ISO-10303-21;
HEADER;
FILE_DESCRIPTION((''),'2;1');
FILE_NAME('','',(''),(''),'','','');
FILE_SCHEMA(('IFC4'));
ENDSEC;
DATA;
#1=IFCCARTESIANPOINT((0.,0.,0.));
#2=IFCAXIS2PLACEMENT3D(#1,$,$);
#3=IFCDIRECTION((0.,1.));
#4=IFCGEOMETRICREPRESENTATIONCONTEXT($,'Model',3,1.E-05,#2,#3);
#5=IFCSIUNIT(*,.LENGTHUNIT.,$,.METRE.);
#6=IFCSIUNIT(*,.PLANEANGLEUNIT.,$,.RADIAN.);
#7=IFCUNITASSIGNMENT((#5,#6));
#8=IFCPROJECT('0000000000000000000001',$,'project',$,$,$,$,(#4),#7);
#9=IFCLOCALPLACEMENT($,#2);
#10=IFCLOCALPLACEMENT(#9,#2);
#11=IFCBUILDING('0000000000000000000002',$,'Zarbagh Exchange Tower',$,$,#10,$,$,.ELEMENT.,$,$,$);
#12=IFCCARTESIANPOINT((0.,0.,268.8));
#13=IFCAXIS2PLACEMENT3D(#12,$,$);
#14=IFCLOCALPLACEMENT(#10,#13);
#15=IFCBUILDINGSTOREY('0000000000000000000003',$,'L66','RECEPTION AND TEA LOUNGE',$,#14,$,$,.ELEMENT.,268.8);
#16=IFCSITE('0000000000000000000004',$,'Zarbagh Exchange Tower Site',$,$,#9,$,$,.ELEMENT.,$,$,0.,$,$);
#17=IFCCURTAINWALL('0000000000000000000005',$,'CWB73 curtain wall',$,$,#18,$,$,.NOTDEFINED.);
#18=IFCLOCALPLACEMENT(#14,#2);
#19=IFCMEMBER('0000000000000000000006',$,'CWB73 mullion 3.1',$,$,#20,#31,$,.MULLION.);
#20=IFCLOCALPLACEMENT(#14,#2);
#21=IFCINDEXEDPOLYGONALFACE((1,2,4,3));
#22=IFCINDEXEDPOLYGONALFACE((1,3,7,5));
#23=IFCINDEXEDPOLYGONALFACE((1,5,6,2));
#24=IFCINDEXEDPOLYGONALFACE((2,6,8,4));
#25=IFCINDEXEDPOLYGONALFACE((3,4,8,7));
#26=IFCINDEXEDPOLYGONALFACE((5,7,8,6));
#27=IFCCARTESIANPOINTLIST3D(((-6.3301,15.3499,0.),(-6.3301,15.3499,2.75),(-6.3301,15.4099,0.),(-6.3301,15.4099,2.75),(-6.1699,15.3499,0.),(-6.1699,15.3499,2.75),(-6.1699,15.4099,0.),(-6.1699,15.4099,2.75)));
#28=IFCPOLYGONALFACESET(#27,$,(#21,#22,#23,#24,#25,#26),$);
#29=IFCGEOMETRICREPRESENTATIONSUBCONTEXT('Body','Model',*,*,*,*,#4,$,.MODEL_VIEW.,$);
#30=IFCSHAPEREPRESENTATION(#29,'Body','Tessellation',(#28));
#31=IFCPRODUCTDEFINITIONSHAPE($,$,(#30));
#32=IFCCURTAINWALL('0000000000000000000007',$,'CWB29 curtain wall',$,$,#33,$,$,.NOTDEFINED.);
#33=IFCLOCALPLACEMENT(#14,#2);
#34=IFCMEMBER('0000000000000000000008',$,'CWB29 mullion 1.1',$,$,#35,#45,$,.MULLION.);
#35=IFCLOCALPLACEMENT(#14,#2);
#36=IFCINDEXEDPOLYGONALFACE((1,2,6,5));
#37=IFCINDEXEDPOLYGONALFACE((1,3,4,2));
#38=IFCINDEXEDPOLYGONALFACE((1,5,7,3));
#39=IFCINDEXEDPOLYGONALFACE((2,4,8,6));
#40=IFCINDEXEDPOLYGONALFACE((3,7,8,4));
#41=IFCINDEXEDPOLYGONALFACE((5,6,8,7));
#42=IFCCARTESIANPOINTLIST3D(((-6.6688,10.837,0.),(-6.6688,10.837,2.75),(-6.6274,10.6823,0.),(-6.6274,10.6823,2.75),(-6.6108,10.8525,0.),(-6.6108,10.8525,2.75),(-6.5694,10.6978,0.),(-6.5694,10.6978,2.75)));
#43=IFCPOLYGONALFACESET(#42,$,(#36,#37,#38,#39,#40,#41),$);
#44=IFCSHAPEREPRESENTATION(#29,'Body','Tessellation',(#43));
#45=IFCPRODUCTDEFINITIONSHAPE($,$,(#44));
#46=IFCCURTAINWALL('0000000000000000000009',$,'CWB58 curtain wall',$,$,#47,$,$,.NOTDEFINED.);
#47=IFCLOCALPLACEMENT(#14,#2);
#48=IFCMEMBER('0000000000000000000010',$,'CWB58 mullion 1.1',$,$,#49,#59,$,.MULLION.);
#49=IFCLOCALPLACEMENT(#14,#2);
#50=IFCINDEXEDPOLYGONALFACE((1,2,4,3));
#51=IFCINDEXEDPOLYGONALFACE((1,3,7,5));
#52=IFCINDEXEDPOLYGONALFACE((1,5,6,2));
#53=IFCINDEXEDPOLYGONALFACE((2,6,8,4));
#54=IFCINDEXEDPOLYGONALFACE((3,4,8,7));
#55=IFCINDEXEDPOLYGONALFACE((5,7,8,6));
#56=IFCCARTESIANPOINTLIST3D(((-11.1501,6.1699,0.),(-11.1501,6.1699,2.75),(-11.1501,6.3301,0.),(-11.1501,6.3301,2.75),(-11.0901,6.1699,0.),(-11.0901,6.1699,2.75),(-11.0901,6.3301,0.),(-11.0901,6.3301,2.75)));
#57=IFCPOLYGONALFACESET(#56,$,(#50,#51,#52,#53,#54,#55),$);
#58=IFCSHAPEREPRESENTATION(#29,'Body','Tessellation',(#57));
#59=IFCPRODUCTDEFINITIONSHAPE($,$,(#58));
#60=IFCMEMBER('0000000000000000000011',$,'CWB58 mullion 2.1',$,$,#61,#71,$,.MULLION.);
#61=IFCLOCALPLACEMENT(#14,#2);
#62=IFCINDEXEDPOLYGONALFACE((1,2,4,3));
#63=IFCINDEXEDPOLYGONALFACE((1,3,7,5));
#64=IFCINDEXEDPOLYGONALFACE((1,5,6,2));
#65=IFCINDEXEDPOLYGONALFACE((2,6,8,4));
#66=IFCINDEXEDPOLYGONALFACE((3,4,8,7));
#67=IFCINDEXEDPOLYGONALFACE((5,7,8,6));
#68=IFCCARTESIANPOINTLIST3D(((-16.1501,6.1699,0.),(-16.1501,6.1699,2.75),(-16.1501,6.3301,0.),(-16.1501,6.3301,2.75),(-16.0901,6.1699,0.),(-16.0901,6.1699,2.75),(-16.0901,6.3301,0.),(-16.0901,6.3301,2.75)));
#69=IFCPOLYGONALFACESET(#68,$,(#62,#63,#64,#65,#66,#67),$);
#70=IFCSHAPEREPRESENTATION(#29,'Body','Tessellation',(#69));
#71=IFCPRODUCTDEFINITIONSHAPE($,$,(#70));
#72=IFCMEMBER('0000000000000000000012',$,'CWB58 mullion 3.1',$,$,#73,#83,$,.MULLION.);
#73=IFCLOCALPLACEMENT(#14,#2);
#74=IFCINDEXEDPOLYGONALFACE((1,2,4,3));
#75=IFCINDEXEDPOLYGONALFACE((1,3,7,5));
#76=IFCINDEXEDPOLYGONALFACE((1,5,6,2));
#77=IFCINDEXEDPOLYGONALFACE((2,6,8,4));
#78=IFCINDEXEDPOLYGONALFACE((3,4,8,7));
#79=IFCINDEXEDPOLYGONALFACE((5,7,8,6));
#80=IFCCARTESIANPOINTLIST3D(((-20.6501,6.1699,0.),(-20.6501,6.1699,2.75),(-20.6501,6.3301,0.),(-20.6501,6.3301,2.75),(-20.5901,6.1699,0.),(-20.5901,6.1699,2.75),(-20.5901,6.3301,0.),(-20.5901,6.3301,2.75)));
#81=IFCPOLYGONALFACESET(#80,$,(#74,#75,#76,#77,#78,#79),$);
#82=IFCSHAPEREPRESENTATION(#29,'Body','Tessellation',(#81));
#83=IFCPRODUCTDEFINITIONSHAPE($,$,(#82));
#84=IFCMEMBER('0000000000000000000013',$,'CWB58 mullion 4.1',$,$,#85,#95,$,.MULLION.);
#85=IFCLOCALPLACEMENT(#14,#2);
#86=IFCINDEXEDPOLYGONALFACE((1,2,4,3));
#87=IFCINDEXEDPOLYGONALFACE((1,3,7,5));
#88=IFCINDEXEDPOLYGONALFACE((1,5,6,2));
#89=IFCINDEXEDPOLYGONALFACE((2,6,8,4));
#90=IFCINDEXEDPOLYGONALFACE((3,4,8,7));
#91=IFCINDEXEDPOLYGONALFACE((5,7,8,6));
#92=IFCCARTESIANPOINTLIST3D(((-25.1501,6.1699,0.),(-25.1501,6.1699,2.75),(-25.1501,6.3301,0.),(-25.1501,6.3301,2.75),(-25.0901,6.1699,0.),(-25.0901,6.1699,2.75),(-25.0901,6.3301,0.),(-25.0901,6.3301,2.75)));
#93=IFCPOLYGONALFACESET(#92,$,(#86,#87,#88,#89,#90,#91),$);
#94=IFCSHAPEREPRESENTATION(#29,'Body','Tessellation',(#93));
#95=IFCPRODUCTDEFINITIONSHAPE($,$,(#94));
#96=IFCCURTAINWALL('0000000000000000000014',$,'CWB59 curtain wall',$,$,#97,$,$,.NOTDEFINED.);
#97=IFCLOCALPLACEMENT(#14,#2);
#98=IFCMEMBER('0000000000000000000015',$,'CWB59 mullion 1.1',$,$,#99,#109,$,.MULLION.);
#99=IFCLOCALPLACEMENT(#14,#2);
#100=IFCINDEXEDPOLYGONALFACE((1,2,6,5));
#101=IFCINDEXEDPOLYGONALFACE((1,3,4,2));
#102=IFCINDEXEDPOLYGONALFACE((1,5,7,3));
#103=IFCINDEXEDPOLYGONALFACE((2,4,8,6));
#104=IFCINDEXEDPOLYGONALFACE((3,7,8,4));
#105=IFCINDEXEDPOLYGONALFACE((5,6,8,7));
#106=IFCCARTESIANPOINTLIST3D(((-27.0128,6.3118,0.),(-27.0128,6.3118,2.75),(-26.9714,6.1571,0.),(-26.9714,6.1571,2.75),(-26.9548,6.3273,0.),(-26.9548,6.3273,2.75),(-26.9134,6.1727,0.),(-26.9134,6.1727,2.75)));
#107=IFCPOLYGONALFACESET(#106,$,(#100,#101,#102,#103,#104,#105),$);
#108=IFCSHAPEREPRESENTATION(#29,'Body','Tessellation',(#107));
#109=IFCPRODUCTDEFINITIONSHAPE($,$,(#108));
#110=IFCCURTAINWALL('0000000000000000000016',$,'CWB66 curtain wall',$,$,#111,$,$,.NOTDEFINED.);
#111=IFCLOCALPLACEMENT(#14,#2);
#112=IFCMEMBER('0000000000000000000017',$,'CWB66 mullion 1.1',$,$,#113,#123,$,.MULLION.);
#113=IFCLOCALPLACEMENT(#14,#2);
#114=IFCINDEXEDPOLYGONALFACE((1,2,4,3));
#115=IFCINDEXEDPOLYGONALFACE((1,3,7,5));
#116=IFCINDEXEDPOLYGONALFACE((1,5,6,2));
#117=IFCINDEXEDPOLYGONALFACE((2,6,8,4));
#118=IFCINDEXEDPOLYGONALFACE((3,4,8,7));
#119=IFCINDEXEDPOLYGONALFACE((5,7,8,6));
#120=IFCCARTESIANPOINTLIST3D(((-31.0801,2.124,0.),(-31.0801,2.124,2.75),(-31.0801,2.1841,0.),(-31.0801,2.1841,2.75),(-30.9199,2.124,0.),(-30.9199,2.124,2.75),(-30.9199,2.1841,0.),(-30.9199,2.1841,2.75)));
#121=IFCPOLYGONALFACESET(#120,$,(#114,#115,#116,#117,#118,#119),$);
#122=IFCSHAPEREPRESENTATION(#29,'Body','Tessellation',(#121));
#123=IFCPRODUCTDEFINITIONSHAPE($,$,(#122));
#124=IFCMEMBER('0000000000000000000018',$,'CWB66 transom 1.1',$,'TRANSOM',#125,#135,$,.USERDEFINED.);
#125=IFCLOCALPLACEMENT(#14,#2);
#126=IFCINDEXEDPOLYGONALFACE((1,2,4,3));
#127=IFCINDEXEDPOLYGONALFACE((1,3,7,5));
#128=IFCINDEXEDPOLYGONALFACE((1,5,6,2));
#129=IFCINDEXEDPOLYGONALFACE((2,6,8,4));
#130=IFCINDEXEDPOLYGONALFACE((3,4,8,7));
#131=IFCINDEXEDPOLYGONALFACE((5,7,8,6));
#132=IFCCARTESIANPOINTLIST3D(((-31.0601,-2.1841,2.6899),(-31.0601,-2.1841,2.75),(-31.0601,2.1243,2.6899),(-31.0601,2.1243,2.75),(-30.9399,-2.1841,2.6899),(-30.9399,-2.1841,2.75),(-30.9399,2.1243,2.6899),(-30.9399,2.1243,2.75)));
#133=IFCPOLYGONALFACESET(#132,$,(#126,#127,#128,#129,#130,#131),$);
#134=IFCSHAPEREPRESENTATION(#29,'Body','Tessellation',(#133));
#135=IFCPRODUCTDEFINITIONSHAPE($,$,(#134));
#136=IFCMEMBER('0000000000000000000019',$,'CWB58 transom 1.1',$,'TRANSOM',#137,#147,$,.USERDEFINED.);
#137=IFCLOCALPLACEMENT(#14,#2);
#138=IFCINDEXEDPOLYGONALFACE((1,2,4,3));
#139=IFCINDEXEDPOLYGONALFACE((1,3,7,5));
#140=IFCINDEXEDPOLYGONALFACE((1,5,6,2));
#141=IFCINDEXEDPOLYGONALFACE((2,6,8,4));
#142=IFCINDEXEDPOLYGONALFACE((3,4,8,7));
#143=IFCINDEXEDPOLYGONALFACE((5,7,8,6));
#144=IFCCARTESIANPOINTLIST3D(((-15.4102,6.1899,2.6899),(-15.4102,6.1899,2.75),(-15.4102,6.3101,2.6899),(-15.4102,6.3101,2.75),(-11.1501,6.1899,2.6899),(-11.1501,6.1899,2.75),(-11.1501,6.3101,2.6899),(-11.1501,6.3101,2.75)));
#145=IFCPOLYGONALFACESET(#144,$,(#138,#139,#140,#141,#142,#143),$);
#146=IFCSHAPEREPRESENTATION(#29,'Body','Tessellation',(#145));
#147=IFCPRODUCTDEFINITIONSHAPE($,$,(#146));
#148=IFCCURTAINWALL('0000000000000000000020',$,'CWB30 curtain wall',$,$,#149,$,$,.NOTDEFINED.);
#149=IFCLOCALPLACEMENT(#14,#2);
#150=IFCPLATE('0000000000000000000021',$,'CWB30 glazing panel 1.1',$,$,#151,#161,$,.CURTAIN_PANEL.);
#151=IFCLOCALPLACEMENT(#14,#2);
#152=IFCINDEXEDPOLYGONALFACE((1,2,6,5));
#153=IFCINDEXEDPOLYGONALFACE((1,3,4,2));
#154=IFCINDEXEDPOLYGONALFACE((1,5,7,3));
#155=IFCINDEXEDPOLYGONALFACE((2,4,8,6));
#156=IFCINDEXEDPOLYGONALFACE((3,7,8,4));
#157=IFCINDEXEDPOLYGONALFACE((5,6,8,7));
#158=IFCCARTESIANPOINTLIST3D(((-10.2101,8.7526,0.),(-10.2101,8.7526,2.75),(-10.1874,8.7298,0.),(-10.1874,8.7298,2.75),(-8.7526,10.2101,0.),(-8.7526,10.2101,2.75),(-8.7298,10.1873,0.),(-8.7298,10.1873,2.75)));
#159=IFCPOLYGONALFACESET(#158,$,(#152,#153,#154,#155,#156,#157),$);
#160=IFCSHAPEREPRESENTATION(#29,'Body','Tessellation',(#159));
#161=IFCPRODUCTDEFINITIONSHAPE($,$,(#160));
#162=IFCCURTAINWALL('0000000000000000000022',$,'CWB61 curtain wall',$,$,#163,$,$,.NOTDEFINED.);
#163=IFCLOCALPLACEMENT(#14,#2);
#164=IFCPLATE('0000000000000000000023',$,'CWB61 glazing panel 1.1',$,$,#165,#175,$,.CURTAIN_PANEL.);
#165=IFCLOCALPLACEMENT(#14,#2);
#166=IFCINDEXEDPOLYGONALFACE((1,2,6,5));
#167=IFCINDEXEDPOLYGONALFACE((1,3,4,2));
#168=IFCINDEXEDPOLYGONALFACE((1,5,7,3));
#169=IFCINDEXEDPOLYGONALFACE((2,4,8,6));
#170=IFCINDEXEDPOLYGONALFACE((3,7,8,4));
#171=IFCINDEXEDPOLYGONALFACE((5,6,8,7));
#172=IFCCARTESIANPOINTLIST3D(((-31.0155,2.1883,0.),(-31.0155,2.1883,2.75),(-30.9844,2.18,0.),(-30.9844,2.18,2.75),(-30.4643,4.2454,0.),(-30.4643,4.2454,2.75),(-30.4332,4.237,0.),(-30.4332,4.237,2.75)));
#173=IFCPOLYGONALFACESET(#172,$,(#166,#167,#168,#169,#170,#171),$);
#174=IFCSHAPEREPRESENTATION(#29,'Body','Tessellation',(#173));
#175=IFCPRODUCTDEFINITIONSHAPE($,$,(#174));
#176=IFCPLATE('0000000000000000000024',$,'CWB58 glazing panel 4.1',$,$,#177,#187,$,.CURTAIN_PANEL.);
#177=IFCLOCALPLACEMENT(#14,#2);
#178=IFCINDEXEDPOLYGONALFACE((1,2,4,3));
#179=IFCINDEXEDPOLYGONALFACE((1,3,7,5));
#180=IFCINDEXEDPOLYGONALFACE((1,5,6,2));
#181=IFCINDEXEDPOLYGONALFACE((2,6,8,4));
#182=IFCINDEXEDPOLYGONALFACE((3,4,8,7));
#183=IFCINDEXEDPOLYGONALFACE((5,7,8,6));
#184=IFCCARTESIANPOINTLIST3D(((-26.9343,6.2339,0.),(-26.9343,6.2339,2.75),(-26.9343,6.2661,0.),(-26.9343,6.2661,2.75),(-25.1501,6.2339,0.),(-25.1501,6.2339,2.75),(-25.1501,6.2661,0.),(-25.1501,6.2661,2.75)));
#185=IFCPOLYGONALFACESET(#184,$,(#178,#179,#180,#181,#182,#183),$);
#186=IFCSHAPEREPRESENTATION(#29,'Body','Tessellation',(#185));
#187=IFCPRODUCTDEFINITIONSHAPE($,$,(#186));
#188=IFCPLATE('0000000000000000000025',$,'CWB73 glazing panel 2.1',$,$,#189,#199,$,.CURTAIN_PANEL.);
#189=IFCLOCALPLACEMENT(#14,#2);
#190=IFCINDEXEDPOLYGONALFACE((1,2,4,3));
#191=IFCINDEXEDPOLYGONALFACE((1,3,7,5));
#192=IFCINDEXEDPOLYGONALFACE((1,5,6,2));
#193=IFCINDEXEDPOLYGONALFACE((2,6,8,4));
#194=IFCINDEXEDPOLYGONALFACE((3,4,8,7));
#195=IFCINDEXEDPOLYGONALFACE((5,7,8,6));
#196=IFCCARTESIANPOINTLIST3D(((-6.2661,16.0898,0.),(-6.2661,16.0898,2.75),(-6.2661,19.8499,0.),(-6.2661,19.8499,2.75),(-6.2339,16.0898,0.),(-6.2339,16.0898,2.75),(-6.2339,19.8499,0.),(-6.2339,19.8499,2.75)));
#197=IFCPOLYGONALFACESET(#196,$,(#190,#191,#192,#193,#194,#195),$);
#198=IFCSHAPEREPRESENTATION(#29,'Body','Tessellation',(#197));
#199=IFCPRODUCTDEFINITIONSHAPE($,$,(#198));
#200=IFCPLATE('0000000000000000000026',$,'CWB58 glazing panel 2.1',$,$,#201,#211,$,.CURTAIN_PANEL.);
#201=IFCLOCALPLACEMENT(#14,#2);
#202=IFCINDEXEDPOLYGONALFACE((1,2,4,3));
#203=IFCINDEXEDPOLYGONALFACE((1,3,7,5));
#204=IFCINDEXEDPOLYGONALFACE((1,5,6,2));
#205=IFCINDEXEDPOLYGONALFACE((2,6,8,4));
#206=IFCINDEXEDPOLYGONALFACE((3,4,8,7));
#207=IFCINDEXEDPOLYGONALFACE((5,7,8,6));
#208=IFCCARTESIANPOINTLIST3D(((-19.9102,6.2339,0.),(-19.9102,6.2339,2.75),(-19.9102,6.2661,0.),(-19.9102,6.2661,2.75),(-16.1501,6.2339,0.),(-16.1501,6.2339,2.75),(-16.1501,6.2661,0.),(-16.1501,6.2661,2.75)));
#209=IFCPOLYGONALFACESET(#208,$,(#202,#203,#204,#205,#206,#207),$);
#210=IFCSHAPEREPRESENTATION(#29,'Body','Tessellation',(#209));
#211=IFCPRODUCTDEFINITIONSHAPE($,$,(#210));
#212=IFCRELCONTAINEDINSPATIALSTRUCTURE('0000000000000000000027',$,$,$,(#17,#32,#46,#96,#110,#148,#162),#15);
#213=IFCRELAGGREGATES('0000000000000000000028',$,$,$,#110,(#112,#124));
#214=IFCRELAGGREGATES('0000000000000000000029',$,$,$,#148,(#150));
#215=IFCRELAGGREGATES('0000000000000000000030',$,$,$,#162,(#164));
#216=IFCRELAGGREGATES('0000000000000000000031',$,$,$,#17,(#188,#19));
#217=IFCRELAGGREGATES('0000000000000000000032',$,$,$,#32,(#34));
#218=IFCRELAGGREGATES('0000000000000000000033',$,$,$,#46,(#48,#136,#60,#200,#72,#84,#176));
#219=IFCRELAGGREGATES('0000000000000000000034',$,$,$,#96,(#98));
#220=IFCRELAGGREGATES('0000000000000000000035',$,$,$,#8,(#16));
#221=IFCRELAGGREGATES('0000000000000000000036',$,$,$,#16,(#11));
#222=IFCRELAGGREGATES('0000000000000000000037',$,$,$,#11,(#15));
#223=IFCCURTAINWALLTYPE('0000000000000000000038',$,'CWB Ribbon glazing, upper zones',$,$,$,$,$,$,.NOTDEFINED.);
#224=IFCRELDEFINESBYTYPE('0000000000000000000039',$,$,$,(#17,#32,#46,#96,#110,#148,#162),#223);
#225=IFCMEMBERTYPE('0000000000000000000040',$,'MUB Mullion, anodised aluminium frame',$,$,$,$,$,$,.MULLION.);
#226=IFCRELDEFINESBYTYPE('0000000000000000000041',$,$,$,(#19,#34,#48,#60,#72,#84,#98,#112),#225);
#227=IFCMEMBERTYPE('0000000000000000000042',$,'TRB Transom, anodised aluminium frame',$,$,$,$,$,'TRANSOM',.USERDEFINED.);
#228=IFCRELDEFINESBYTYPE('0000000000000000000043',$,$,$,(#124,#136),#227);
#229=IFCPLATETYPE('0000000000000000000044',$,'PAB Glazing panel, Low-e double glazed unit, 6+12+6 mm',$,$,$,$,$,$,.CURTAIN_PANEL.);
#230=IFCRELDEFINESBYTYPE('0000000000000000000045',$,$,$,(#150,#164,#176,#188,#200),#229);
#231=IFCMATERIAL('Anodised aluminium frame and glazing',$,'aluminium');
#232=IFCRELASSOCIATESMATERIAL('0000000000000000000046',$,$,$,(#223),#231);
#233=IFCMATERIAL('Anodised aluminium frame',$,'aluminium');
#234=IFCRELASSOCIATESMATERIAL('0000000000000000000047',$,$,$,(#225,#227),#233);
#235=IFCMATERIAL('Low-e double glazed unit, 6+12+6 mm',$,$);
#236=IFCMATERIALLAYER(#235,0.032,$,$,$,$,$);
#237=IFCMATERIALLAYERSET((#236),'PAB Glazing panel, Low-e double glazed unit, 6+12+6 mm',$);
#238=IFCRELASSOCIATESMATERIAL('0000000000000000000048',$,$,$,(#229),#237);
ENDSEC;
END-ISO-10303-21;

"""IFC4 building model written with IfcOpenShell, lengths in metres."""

from ifc_helpers import new_model, si_unit, direction, frame, origin, place, context, subcontext, project, spatial, polyline, outline, extrude, source, transform, mapped, material, layer, layer_set, type_object, element, aggregate, save


model = new_model("IFC4")

# Units and contexts
model_context = context("Model", 3, precision=1e-05, world=origin(), true_north=direction((0.0, 1.0)))
body_context = subcontext(model_context, "Body", "Model", "MODEL_VIEW")
ifc_project = project(units=[si_unit("LENGTHUNIT", "METRE"), si_unit("PLANEANGLEUNIT", "RADIAN")], contexts=[model_context])

# Site, building, storey
site_placement = place(None, origin())
site = spatial("IfcSite", under=ifc_project, at=site_placement, Name="Zarbagh Exchange Tower Site", CompositionType="ELEMENT", RefElevation=0.0)
building_placement = place(site_placement, origin())
building = spatial("IfcBuilding", under=site, at=building_placement, Name="Zarbagh Exchange Tower", CompositionType="ELEMENT")
storey_placement = place(building_placement, frame((0.0, 0.0, 268.8)))
storey = spatial("IfcBuildingStorey", under=building, at=storey_placement, Name="L66", Description="RECEPTION AND TEA LOUNGE", CompositionType="ELEMENT", Elevation=268.8)

# Curtain walls, members
ifc_material_1 = material(Name="Anodised aluminium frame and glazing", Category="aluminium")
curtain_wall_type = type_object("IfcCurtainWallType", Name="CWB Ribbon glazing, upper zones", PredefinedType="NOTDEFINED", material=ifc_material_1)
curtain_wall_1_placement = place(storey_placement, origin())
curtain_wall_1 = element("IfcCurtainWall", 1, at=curtain_wall_1_placement, inside=storey, type_object=curtain_wall_type, Name="CWB73 curtain wall", PredefinedType="NOTDEFINED")
ifc_material_2 = material(Name="Anodised aluminium frame", Category="aluminium")
member_type_1 = type_object("IfcMemberType", Name="MUB Mullion, anodised aluminium frame", PredefinedType="MULLION", material=ifc_material_2)
shared_shape_1 = source(origin(), body_context, "Body", "SweptSolid", [
    extrude(outline(polyline([(0.0, -0.0801), (0.0601, -0.0801), (0.0601, 0.0801), (0.0, 0.0801), (0.0, -0.0801)])), origin(), (0.0, 0.0, 1.0), 2.75),
])
placement = place(storey_placement, origin())
member_1 = element("IfcMember", 2, at=placement, type_object=member_type_1, Name="CWB73 mullion 3.1", PredefinedType="MULLION", context=body_context, shape_type="MappedRepresentation", body=[
    mapped(shared_shape_1, transform((-6.25, 15.4099, 0.0), x_axis=(0.0, -1.0, 0.0), y_axis=(1.0, 0.0, 0.0), z_axis=(0.0, 0.0, 1.0))),
])
curtain_wall_2_placement = place(storey_placement, origin())
curtain_wall_2 = element("IfcCurtainWall", 3, at=curtain_wall_2_placement, inside=storey, type_object=curtain_wall_type, Name="CWB29 curtain wall", PredefinedType="NOTDEFINED")
member_2 = element("IfcMember", 4, at=placement, type_object=member_type_1, Name="CWB29 mullion 1.1", PredefinedType="MULLION", context=body_context, shape_type="MappedRepresentation", body=[
    mapped(shared_shape_1, transform((-6.5901, 10.7751, 0.0), x_axis=(-0.965924, -0.258825, 0.0), y_axis=(0.258825, -0.965924, 0.0), z_axis=(0.0, 0.0, 1.0))),
])

# Curtain wall, members
curtain_wall_3_placement = place(storey_placement, origin())
curtain_wall_3 = element("IfcCurtainWall", 5, at=curtain_wall_3_placement, inside=storey, type_object=curtain_wall_type, Name="CWB58 curtain wall", PredefinedType="NOTDEFINED")
member_3 = element("IfcMember", 6, at=placement, type_object=member_type_1, Name="CWB58 mullion 1.1", PredefinedType="MULLION", context=body_context, shape_type="MappedRepresentation", body=[
    mapped(shared_shape_1, transform((-11.0901, 6.25, 0.0), x_axis=(-1.0, 0.0, 0.0), y_axis=(0.0, -1.0, 0.0), z_axis=(0.0, 0.0, 1.0))),
])
member_4 = element("IfcMember", 7, at=placement, type_object=member_type_1, Name="CWB58 mullion 2.1", PredefinedType="MULLION", context=body_context, shape_type="MappedRepresentation", body=[
    mapped(shared_shape_1, transform((-16.0901, 6.25, 0.0), x_axis=(-1.0, 0.0, 0.0), y_axis=(0.0, -1.0, 0.0), z_axis=(0.0, 0.0, 1.0))),
])
member_5 = element("IfcMember", 8, at=placement, type_object=member_type_1, Name="CWB58 mullion 3.1", PredefinedType="MULLION", context=body_context, shape_type="MappedRepresentation", body=[
    mapped(shared_shape_1, transform((-20.5901, 6.25, 0.0), x_axis=(-1.0, 0.0, 0.0), y_axis=(0.0, -1.0, 0.0), z_axis=(0.0, 0.0, 1.0))),
])
member_6 = element("IfcMember", 9, at=placement, type_object=member_type_1, Name="CWB58 mullion 4.1", PredefinedType="MULLION", context=body_context, shape_type="MappedRepresentation", body=[
    mapped(shared_shape_1, transform((-25.0901, 6.25, 0.0), x_axis=(-1.0, 0.0, 0.0), y_axis=(0.0, -1.0, 0.0), z_axis=(0.0, 0.0, 1.0))),
])

# Curtain wall, member
curtain_wall_4_placement = place(storey_placement, origin())
curtain_wall_4 = element("IfcCurtainWall", 10, at=curtain_wall_4_placement, inside=storey, type_object=curtain_wall_type, Name="CWB59 curtain wall", PredefinedType="NOTDEFINED")
member_7 = element("IfcMember", 11, at=placement, type_object=member_type_1, Name="CWB59 mullion 1.1", PredefinedType="MULLION", context=body_context, shape_type="MappedRepresentation", body=[
    mapped(shared_shape_1, transform((-26.9341, 6.25, 0.0), x_axis=(-0.965924, -0.258825, 0.0), y_axis=(0.258825, -0.965924, 0.0), z_axis=(0.0, 0.0, 1.0))),
])

# Curtain wall, members
curtain_wall_5_placement = place(storey_placement, origin())
curtain_wall_5 = element("IfcCurtainWall", 12, at=curtain_wall_5_placement, inside=storey, type_object=curtain_wall_type, Name="CWB66 curtain wall", PredefinedType="NOTDEFINED")
member_8 = element("IfcMember", 13, at=placement, type_object=member_type_1, Name="CWB66 mullion 1.1", PredefinedType="MULLION", context=body_context, shape_type="MappedRepresentation", body=[
    mapped(shared_shape_1, transform((-31.0, 2.1841, 0.0), x_axis=(0.0, -1.0, 0.0), y_axis=(1.0, 0.0, 0.0), z_axis=(0.0, 0.0, 1.0))),
])
member_type_2 = type_object("IfcMemberType", Name="TRB Transom, anodised aluminium frame", ElementType="TRANSOM", PredefinedType="USERDEFINED", material=ifc_material_2)
shared_shape_2 = source(origin(), body_context, "Body", "SweptSolid", [
    extrude(outline(polyline([(-0.0601, -0.0601), (0.0, -0.0601), (0.0, 0.0601), (-0.0601, 0.0601), (-0.0601, -0.0601)])), origin(), (0.0, 0.0, 1.0), 4.3083),
])
member_9 = element("IfcMember", 14, at=placement, type_object=member_type_2, Name="CWB66 transom 1.1", ObjectType="TRANSOM", PredefinedType="USERDEFINED", context=body_context, shape_type="MappedRepresentation", body=[
    mapped(shared_shape_2, transform((-31.0, 2.1243, 2.75), x_axis=(0.0, 0.0, 1.0), y_axis=(-1.0, 0.0, 0.0), z_axis=(0.0, -1.0, 0.0))),
])
aggregate(curtain_wall_5, [member_8, member_9])

# Member
shared_shape_3 = source(origin(), body_context, "Body", "SweptSolid", [
    extrude(outline(polyline([(-0.0601, -0.0601), (0.0, -0.0601), (0.0, 0.0601), (-0.0601, 0.0601), (-0.0601, -0.0601)])), origin(), (0.0, 0.0, 1.0), 4.26),
])
member_10 = element("IfcMember", 15, at=placement, type_object=member_type_2, Name="CWB58 transom 1.1", ObjectType="TRANSOM", PredefinedType="USERDEFINED", context=body_context, shape_type="MappedRepresentation", body=[
    mapped(shared_shape_3, transform((-11.1501, 6.25, 2.75), x_axis=(0.0, 0.0, 1.0), y_axis=(0.0, 1.0, 0.0), z_axis=(-1.0, 0.0, 0.0))),
])

# Curtain walls, plates
curtain_wall_6_placement = place(storey_placement, origin())
curtain_wall_6 = element("IfcCurtainWall", 16, at=curtain_wall_6_placement, inside=storey, type_object=curtain_wall_type, Name="CWB30 curtain wall", PredefinedType="NOTDEFINED")
ifc_material_3 = material(Name="Low-e double glazed unit, 6+12+6 mm")
ifc_layer = layer(ifc_material_3, 0.032)
ifc_layer_set = layer_set([ifc_layer], Name="PAB Glazing panel, Low-e double glazed unit, 6+12+6 mm")
plate_type = type_object("IfcPlateType", Name="PAB Glazing panel, Low-e double glazed unit, 6+12+6 mm", PredefinedType="CURTAIN_PANEL", material=ifc_layer_set)
shared_shape_4 = source(origin(), body_context, "Body", "SweptSolid", [
    extrude(outline(polyline([(0.0, -0.0161), (2.0613, -0.0161), (2.0613, 0.0161), (0.0, 0.0161), (0.0, -0.0161)])), origin(), (0.0, 0.0, 1.0), 2.75),
])
plate_1 = element("IfcPlate", 17, at=placement, type_object=plate_type, Name="CWB30 glazing panel 1.1", PredefinedType="CURTAIN_PANEL", context=body_context, shape_type="MappedRepresentation", body=[
    mapped(shared_shape_4, transform((-8.7412, 10.1987, 0.0), x_axis=(-0.707107, -0.707107, 0.0), y_axis=(0.707107, -0.707107, 0.0), z_axis=(0.0, 0.0, 1.0))),
])
aggregate(curtain_wall_6, [plate_1])
curtain_wall_7_placement = place(storey_placement, origin())
curtain_wall_7 = element("IfcCurtainWall", 18, at=curtain_wall_7_placement, inside=storey, type_object=curtain_wall_type, Name="CWB61 curtain wall", PredefinedType="NOTDEFINED")
shared_shape_5 = source(origin(), body_context, "Body", "SweptSolid", [
    extrude(outline(polyline([(0.0, -0.0161), (2.1296, -0.0161), (2.1296, 0.0161), (0.0, 0.0161), (0.0, -0.0161)])), origin(), (0.0, 0.0, 1.0), 2.75),
])
plate_2 = element("IfcPlate", 19, at=placement, type_object=plate_type, Name="CWB61 glazing panel 1.1", PredefinedType="CURTAIN_PANEL", context=body_context, shape_type="MappedRepresentation", body=[
    mapped(shared_shape_5, transform((-30.4487, 4.2412, 0.0), x_axis=(-0.258825, -0.965924, 0.0), y_axis=(0.965924, -0.258825, 0.0), z_axis=(0.0, 0.0, 1.0))),
])
aggregate(curtain_wall_7, [plate_2])

# Plates
shared_shape_6 = source(origin(), body_context, "Body", "SweptSolid", [
    extrude(outline(polyline([(0.0, -0.0161), (1.7842, -0.0161), (1.7842, 0.0161), (0.0, 0.0161), (0.0, -0.0161)])), origin(), (0.0, 0.0, 1.0), 2.75),
])
plate_3 = element("IfcPlate", 20, at=placement, type_object=plate_type, Name="CWB58 glazing panel 4.1", PredefinedType="CURTAIN_PANEL", context=body_context, shape_type="MappedRepresentation", body=[
    mapped(shared_shape_6, transform((-25.1501, 6.25, 0.0), x_axis=(-1.0, 0.0, 0.0), y_axis=(0.0, -1.0, 0.0), z_axis=(0.0, 0.0, 1.0))),
])
shared_shape_7 = source(origin(), body_context, "Body", "SweptSolid", [
    extrude(outline(polyline([(0.0, -0.0161), (3.76, -0.0161), (3.76, 0.0161), (0.0, 0.0161), (0.0, -0.0161)])), origin(), (0.0, 0.0, 1.0), 2.75),
])
plate_4 = element("IfcPlate", 21, at=placement, type_object=plate_type, Name="CWB73 glazing panel 2.1", PredefinedType="CURTAIN_PANEL", context=body_context, shape_type="MappedRepresentation", body=[
    mapped(shared_shape_7, transform((-6.25, 19.8499, 0.0), x_axis=(0.0, -1.0, 0.0), y_axis=(1.0, 0.0, 0.0), z_axis=(0.0, 0.0, 1.0))),
])
plate_5 = element("IfcPlate", 22, at=placement, type_object=plate_type, Name="CWB58 glazing panel 2.1", PredefinedType="CURTAIN_PANEL", context=body_context, shape_type="MappedRepresentation", body=[
    mapped(shared_shape_7, transform((-16.1501, 6.25, 0.0), x_axis=(-1.0, 0.0, 0.0), y_axis=(0.0, -1.0, 0.0), z_axis=(0.0, 0.0, 1.0))),
])
aggregate(curtain_wall_1, [plate_4, member_1])
aggregate(curtain_wall_2, [member_2])

aggregate(curtain_wall_3, [member_3, member_10, member_4, plate_5, member_5, member_6, plate_3])
aggregate(curtain_wall_4, [member_7])

save(model, "model.ifc")
